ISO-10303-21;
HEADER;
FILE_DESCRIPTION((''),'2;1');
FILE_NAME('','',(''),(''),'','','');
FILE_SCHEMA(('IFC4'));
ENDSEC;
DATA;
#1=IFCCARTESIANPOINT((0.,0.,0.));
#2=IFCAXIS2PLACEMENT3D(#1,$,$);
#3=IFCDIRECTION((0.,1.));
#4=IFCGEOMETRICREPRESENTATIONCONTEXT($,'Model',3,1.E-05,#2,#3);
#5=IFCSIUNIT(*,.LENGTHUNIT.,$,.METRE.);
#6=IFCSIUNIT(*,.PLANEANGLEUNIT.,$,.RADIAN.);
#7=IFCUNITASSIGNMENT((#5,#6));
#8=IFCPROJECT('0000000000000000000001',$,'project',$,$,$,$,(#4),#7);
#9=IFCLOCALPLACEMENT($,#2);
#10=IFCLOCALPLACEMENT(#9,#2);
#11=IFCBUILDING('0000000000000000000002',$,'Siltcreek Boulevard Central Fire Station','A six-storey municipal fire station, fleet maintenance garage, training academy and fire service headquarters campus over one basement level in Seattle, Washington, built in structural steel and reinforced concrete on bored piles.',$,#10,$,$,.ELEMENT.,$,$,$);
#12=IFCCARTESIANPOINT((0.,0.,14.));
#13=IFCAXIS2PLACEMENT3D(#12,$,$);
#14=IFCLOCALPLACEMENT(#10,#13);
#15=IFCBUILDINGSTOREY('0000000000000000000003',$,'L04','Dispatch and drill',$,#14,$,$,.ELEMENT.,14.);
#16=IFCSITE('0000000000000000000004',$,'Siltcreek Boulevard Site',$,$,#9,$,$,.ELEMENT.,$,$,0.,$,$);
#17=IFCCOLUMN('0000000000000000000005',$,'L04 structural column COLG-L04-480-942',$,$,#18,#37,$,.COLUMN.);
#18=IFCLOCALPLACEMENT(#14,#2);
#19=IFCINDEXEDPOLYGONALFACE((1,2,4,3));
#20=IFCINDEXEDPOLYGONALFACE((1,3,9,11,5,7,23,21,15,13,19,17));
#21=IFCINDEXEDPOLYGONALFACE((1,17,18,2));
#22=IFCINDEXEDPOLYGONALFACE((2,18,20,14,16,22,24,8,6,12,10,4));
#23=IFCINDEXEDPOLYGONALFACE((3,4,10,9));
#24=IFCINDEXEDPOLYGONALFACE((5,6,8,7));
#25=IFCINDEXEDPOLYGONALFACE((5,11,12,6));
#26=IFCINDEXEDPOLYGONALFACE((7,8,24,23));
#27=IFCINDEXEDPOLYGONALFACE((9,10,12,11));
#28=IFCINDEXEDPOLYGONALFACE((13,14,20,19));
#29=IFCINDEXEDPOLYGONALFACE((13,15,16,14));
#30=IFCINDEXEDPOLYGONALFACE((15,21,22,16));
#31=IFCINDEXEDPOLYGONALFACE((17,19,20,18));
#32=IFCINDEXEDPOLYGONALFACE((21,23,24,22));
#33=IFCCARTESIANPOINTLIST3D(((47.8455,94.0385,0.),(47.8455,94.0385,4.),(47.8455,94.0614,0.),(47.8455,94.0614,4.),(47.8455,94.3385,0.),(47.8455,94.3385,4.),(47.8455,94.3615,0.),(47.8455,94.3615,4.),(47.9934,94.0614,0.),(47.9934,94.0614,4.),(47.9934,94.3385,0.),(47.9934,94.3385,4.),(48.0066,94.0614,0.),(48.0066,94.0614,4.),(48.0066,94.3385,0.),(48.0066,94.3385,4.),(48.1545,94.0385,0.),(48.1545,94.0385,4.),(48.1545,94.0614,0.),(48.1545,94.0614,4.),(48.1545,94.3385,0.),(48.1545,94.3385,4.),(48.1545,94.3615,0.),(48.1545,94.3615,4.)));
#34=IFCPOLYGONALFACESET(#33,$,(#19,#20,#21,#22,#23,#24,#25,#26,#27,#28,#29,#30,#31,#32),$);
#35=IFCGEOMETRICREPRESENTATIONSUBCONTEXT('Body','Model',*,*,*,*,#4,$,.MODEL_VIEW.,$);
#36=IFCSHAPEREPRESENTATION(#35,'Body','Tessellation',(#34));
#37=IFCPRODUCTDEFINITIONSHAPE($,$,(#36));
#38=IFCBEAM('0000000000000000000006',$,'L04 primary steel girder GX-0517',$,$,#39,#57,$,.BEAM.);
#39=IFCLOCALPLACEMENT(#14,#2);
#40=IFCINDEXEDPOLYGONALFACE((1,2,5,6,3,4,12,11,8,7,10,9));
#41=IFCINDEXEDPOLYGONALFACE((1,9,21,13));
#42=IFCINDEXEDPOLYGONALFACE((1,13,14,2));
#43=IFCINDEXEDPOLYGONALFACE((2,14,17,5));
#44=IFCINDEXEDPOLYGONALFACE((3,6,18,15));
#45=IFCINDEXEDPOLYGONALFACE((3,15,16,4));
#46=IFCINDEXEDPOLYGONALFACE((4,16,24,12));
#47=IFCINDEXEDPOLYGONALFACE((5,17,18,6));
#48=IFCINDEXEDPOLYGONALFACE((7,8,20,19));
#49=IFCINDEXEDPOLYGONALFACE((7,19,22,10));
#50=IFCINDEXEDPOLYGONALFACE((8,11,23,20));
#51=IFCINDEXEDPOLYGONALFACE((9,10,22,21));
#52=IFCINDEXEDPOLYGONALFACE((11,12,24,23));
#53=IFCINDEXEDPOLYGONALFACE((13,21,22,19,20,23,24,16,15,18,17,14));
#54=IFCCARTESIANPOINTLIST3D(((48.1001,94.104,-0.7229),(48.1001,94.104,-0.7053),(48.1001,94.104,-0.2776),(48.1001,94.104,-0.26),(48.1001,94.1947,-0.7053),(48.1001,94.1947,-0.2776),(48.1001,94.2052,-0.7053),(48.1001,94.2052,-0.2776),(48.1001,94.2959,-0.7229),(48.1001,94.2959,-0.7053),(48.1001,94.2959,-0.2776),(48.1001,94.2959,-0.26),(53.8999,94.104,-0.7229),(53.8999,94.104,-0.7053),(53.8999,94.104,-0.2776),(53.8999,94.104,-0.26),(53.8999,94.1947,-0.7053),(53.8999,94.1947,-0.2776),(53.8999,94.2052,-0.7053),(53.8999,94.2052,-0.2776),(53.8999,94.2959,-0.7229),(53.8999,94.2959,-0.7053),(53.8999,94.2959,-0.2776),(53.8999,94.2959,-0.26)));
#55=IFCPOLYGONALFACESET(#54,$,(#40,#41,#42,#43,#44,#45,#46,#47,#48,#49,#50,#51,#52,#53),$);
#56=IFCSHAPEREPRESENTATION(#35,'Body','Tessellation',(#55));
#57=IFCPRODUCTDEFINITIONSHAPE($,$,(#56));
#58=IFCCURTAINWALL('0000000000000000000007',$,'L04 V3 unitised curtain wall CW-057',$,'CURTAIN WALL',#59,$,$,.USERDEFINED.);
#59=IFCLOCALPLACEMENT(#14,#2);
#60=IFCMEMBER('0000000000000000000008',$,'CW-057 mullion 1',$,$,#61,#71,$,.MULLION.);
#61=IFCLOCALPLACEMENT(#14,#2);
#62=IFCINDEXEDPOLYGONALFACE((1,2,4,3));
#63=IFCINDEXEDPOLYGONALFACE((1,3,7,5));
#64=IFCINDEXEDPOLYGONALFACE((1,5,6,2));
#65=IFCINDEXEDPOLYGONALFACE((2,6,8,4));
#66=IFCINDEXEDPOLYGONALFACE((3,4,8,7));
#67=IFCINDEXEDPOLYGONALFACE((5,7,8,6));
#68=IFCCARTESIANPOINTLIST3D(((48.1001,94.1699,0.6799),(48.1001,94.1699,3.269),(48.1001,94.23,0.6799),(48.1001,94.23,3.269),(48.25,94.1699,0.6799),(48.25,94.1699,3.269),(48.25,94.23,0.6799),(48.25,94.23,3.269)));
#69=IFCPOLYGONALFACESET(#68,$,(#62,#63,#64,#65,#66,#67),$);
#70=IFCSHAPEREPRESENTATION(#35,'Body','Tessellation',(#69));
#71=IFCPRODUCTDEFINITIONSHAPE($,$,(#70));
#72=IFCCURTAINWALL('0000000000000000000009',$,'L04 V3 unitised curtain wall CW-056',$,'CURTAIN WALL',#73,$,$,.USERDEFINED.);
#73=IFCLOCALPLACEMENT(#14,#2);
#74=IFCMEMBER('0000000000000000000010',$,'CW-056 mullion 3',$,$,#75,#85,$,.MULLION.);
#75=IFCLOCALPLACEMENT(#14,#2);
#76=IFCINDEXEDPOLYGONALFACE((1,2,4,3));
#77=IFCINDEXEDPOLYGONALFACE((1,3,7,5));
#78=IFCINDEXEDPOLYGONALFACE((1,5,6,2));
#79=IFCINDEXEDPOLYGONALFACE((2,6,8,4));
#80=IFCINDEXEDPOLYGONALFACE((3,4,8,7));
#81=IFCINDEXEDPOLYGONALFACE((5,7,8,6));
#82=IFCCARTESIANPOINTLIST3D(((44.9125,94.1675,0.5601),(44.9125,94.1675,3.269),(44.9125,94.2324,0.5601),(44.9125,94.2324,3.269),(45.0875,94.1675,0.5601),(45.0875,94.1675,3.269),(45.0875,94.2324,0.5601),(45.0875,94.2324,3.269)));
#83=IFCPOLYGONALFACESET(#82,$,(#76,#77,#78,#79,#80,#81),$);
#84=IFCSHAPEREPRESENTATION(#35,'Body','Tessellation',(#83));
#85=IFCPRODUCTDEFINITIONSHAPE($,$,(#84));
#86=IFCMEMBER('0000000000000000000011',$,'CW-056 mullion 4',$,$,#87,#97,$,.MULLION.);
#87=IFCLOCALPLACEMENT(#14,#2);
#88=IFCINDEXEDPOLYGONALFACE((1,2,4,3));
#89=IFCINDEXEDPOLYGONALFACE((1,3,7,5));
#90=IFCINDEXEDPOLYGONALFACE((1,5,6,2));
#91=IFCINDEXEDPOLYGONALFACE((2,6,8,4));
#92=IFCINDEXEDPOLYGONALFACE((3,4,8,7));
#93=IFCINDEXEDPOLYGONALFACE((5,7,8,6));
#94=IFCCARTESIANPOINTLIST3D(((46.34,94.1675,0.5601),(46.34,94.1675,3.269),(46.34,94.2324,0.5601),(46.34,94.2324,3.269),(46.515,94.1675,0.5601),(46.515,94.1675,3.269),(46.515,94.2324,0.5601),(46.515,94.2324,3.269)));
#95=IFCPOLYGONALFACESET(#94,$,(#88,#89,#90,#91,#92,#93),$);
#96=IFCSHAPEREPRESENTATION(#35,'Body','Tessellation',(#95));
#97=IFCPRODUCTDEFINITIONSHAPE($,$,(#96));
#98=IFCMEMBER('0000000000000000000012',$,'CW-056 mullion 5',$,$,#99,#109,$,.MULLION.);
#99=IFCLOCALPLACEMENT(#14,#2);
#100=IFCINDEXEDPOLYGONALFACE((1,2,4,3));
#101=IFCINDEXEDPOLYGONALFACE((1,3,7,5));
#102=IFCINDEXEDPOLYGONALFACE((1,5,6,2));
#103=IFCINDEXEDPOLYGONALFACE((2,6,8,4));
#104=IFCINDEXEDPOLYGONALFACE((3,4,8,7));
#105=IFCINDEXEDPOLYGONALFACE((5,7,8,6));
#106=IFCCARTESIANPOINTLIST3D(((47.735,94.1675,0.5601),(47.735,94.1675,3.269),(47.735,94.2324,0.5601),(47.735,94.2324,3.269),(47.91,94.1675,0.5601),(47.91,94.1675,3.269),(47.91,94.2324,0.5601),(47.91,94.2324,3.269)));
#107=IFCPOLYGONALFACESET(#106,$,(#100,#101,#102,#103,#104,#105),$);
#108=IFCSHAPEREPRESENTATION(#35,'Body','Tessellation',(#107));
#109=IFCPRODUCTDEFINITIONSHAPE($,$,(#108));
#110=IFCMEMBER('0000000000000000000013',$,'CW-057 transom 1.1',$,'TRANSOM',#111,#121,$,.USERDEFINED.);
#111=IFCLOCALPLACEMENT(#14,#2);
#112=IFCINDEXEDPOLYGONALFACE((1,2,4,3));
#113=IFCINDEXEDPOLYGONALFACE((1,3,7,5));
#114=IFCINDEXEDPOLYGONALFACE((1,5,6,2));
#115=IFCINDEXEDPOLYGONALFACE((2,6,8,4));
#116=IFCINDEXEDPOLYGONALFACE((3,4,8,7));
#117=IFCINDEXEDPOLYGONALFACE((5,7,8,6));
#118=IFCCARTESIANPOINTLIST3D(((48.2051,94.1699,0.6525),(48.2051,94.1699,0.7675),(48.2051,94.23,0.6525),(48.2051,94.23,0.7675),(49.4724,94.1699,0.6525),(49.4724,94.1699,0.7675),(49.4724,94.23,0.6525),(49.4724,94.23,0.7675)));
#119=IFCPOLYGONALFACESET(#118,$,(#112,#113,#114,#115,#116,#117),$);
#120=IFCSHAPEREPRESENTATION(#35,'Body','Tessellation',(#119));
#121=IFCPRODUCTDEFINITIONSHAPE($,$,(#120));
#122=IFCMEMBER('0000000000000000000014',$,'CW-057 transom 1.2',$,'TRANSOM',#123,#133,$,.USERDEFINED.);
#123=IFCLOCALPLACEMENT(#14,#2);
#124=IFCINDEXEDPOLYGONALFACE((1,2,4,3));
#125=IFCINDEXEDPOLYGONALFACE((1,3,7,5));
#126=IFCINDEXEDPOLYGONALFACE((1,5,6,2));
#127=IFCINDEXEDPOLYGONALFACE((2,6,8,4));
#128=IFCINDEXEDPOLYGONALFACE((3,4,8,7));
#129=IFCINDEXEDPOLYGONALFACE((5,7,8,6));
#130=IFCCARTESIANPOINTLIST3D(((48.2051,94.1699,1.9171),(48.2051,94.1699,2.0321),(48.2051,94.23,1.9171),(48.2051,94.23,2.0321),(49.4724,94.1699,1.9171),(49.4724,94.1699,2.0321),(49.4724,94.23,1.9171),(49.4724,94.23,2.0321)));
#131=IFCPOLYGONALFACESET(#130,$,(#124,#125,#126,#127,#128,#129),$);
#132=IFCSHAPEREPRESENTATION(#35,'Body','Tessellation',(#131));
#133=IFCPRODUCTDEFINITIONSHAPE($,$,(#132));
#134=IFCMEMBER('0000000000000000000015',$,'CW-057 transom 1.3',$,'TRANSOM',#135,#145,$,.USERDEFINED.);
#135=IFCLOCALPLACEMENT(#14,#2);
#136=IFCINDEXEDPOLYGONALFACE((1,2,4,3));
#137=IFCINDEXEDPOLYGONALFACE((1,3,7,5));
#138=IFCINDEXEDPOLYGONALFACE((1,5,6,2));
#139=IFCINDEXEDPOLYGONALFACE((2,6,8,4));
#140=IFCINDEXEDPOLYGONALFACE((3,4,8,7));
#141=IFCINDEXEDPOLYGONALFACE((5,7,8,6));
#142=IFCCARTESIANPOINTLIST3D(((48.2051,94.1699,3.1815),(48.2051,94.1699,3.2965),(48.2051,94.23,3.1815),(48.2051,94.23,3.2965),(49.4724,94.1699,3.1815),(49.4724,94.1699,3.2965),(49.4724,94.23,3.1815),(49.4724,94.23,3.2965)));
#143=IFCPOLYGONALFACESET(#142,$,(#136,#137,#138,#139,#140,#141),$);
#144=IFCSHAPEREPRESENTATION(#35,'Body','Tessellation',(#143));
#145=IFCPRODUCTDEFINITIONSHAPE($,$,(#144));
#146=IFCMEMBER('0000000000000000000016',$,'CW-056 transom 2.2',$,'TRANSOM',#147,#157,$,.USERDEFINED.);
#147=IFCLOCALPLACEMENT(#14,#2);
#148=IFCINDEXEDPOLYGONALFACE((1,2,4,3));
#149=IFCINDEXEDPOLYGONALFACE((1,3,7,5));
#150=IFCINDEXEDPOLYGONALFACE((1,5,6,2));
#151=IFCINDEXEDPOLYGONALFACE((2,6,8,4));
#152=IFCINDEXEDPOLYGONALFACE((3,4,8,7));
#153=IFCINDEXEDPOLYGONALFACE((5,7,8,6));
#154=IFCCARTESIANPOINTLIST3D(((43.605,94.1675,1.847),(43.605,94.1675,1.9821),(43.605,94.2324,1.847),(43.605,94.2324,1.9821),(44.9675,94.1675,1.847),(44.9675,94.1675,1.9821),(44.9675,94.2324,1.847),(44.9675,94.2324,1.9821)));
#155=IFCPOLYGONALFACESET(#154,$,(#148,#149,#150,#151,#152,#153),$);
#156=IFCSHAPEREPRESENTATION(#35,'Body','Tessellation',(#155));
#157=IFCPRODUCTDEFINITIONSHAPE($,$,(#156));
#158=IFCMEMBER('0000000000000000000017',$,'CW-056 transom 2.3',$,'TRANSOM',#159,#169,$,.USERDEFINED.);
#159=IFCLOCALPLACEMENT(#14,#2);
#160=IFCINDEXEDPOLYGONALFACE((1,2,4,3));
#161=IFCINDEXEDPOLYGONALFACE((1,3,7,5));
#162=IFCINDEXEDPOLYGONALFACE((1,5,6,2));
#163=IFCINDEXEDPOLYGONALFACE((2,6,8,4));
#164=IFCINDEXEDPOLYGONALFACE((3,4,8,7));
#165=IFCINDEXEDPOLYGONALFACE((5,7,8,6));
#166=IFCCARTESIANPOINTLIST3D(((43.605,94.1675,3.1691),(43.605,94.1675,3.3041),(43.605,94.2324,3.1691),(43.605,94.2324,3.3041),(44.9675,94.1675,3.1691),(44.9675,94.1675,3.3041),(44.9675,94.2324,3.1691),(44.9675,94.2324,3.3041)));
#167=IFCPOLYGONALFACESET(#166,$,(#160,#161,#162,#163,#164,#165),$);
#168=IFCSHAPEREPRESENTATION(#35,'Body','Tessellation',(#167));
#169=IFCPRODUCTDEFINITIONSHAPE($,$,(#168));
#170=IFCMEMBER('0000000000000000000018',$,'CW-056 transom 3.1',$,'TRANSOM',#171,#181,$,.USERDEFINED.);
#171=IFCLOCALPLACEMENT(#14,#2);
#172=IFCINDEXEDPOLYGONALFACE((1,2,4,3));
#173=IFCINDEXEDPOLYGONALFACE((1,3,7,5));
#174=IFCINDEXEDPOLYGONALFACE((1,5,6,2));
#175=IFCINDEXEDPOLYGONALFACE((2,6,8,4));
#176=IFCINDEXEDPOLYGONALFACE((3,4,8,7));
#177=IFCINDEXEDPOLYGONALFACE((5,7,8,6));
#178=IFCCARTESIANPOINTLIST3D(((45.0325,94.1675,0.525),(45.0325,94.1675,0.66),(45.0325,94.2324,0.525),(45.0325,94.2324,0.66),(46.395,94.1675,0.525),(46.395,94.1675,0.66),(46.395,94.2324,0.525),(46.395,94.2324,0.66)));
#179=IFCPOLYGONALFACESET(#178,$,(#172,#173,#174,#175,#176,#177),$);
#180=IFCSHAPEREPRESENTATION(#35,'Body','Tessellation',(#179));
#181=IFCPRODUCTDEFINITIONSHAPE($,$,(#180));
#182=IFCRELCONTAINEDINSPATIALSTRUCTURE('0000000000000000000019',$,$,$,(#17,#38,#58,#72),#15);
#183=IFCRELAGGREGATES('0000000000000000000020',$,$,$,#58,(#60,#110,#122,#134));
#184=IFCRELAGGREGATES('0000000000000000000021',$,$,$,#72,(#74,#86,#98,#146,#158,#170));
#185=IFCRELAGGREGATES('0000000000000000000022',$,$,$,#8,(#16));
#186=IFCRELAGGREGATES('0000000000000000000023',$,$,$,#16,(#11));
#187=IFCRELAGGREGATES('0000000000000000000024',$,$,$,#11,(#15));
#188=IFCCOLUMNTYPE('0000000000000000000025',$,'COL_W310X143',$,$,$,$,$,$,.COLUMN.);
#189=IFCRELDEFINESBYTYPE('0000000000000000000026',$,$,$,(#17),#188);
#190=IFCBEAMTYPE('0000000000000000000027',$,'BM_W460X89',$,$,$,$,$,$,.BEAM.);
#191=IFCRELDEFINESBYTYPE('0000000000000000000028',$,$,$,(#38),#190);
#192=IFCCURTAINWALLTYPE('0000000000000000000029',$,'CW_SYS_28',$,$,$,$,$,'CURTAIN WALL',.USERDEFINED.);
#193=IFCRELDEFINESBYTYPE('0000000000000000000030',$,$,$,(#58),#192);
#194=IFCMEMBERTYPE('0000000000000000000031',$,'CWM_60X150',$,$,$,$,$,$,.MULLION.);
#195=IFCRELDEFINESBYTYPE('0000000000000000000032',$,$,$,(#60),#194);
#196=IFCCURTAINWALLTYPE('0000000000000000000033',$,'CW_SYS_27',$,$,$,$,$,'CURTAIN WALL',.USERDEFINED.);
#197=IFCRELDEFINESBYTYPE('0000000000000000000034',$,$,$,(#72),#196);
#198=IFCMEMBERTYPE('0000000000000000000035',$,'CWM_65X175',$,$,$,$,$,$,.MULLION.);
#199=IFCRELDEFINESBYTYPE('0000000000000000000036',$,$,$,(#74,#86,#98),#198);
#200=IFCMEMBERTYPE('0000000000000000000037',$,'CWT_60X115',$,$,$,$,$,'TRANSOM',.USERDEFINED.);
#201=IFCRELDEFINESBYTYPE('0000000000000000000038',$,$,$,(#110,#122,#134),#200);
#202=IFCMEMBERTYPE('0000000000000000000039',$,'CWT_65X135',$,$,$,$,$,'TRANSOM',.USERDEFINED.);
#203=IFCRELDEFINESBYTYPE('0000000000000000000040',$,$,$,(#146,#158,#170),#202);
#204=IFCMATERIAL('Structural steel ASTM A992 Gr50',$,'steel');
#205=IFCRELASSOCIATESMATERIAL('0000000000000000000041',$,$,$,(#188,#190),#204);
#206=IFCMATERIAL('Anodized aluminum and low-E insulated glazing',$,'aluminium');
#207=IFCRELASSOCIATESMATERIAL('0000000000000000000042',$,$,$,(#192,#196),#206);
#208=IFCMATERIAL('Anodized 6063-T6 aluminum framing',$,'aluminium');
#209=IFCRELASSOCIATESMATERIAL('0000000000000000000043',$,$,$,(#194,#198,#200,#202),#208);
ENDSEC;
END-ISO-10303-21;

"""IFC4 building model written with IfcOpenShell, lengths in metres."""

from ifc_helpers import new_model, si_unit, direction, frame, origin, origin_2d, place, context, subcontext, project, spatial, rectangle, i_section, extrude, material, material_profile, profile_set, type_object, element, aggregate, save


model = new_model("IFC4")

# Units and contexts
model_context = context("Model", 3, precision=1e-05, world=origin(), true_north=direction((0.0, 1.0)))
body_context = subcontext(model_context, "Body", "Model", "MODEL_VIEW")
ifc_project = project(units=[si_unit("LENGTHUNIT", "METRE"), si_unit("PLANEANGLEUNIT", "RADIAN")], contexts=[model_context])

# Site, building, storey
site_placement = place(None, origin())
site = spatial("IfcSite", under=ifc_project, at=site_placement, Name="Siltcreek Boulevard Site", CompositionType="ELEMENT", RefElevation=0.0)
building_placement = place(site_placement, origin())
building = spatial("IfcBuilding", under=site, at=building_placement, Name="Siltcreek Boulevard Central Fire Station", Description="A six-storey municipal fire station, fleet maintenance garage, training academy and fire service headquarters campus over one basement level in Seattle, Washington, built in structural steel and reinforced concrete on bored piles.", CompositionType="ELEMENT")
storey_placement = place(building_placement, frame((0.0, 0.0, 14.0)))
storey = spatial("IfcBuildingStorey", under=building, at=storey_placement, Name="L04", Description="Dispatch and drill", CompositionType="ELEMENT", Elevation=14.0)

# Column
ifc_material_1 = material(Name="Structural steel ASTM A992 Gr50", Category="steel")
ifc_material_profile_1 = material_profile(ifc_material_1, i_section(OverallWidth=0.3091, OverallDepth=0.323, WebThickness=0.0132, FlangeThickness=0.0229, at=origin_2d()), Name="W310X143")
ifc_profile_set_1 = profile_set([ifc_material_profile_1], Name="Structural steel ASTM A992 Gr50")
column_type = type_object("IfcColumnType", Name="COL_W310X143", PredefinedType="COLUMN", material=ifc_profile_set_1)
column_placement = place(storey_placement, frame((48.0, 94.2, 0.0), z_axis=(0.0, 0.0, 1.0), x_axis=(1.0, 0.0, 0.0)))
element("IfcColumn", 1, at=column_placement, inside=storey, type_object=column_type, Name="L04 structural column COLG-L04-480-942", PredefinedType="COLUMN", context=body_context, shape_type="SweptSolid", body=[
    extrude(i_section(OverallWidth=0.3091, OverallDepth=0.323, WebThickness=0.0132, FlangeThickness=0.0229, at=origin_2d()), origin(), (0.0, 0.0, 1.0), 4.0),
])

# Beam
ifc_material_profile_2 = material_profile(ifc_material_1, i_section(OverallWidth=0.1919, OverallDepth=0.4629, WebThickness=0.0105, FlangeThickness=0.0176, at=origin_2d()), Name="W460X89")
ifc_profile_set_2 = profile_set([ifc_material_profile_2], Name="Structural steel ASTM A992 Gr50")
beam_type = type_object("IfcBeamType", Name="BM_W460X89", PredefinedType="BEAM", material=ifc_profile_set_2)
beam_placement = place(storey_placement, frame((48.1001, 94.2, -0.4915), z_axis=(1.0, 0.0, 0.0), x_axis=(0.0, 1.0, 0.0)))
element("IfcBeam", 2, at=beam_placement, inside=storey, type_object=beam_type, Name="L04 primary steel girder GX-0517", PredefinedType="BEAM", context=body_context, shape_type="SweptSolid", body=[
    extrude(i_section(OverallWidth=0.1919, OverallDepth=0.4629, WebThickness=0.0105, FlangeThickness=0.0176, at=origin_2d()), origin(), (0.0, 0.0, 1.0), 5.7998),
])

# Curtain wall, member
ifc_material_2 = material(Name="Anodized aluminum and low-E insulated glazing", Category="aluminium")
curtain_wall_type_1 = type_object("IfcCurtainWallType", Name="CW_SYS_28", ElementType="CURTAIN WALL", PredefinedType="USERDEFINED", material=ifc_material_2)
curtain_wall_1_placement = place(storey_placement, origin())
curtain_wall_1 = element("IfcCurtainWall", 3, at=curtain_wall_1_placement, inside=storey, type_object=curtain_wall_type_1, Name="L04 V3 unitised curtain wall CW-057", ObjectType="CURTAIN WALL", PredefinedType="USERDEFINED")
ifc_material_3 = material(Name="Anodized 6063-T6 aluminum framing", Category="aluminium")
ifc_material_profile_3 = material_profile(ifc_material_3, rectangle(XDim=0.0601, YDim=0.1499, at=origin_2d()), Name="MULL60X150")
ifc_profile_set_3 = profile_set([ifc_material_profile_3], Name="Anodized 6063-T6 aluminum framing")
member_type_1 = type_object("IfcMemberType", Name="CWM_60X150", PredefinedType="MULLION", material=ifc_profile_set_3)
member_1_placement = place(storey_placement, frame((48.175, 94.2, 0.6799), z_axis=(0.0, 0.0, 1.0), x_axis=(0.0, 1.0, 0.0)))
member_1 = element("IfcMember", 4, at=member_1_placement, type_object=member_type_1, Name="CW-057 mullion 1", PredefinedType="MULLION", context=body_context, shape_type="SweptSolid", body=[
    extrude(rectangle(XDim=0.0601, YDim=0.1499, at=origin_2d()), origin(), (0.0, 0.0, 1.0), 2.5891),
])

# Curtain wall, members
curtain_wall_type_2 = type_object("IfcCurtainWallType", Name="CW_SYS_27", ElementType="CURTAIN WALL", PredefinedType="USERDEFINED", material=ifc_material_2)
curtain_wall_2_placement = place(storey_placement, origin())
curtain_wall_2 = element("IfcCurtainWall", 5, at=curtain_wall_2_placement, inside=storey, type_object=curtain_wall_type_2, Name="L04 V3 unitised curtain wall CW-056", ObjectType="CURTAIN WALL", PredefinedType="USERDEFINED")
ifc_material_profile_4 = material_profile(ifc_material_3, rectangle(XDim=0.0649, YDim=0.175, at=origin_2d()), Name="MULL65X175")
ifc_profile_set_4 = profile_set([ifc_material_profile_4], Name="Anodized 6063-T6 aluminum framing")
member_type_2 = type_object("IfcMemberType", Name="CWM_65X175", PredefinedType="MULLION", material=ifc_profile_set_4)
member_2_placement = place(storey_placement, frame((45.0, 94.2, 0.5601), z_axis=(0.0, 0.0, 1.0), x_axis=(0.0, 1.0, 0.0)))
member_2 = element("IfcMember", 6, at=member_2_placement, type_object=member_type_2, Name="CW-056 mullion 3", PredefinedType="MULLION", context=body_context, shape_type="SweptSolid", body=[
    extrude(rectangle(XDim=0.0649, YDim=0.175, at=origin_2d()), origin(), (0.0, 0.0, 1.0), 2.709),
])
member_3_placement = place(storey_placement, frame((46.4275, 94.2, 0.5601), z_axis=(0.0, 0.0, 1.0), x_axis=(0.0, 1.0, 0.0)))
member_3 = element("IfcMember", 7, at=member_3_placement, type_object=member_type_2, Name="CW-056 mullion 4", PredefinedType="MULLION", context=body_context, shape_type="SweptSolid", body=[
    extrude(rectangle(XDim=0.0649, YDim=0.175, at=origin_2d()), origin(), (0.0, 0.0, 1.0), 2.709),
])
member_4_placement = place(storey_placement, frame((47.8225, 94.2, 0.5601), z_axis=(0.0, 0.0, 1.0), x_axis=(0.0, 1.0, 0.0)))
member_4 = element("IfcMember", 8, at=member_4_placement, type_object=member_type_2, Name="CW-056 mullion 5", PredefinedType="MULLION", context=body_context, shape_type="SweptSolid", body=[
    extrude(rectangle(XDim=0.0649, YDim=0.175, at=origin_2d()), origin(), (0.0, 0.0, 1.0), 2.709),
])

# Members
ifc_material_profile_5 = material_profile(ifc_material_3, rectangle(XDim=0.0601, YDim=0.115, at=origin_2d()), Name="TRAN60X115")
ifc_profile_set_5 = profile_set([ifc_material_profile_5], Name="Anodized 6063-T6 aluminum framing")
member_type_3 = type_object("IfcMemberType", Name="CWT_60X115", ElementType="TRANSOM", PredefinedType="USERDEFINED", material=ifc_profile_set_5)
member_5_placement = place(storey_placement, frame((48.2051, 94.2, 0.71), z_axis=(1.0, 0.0, 0.0), x_axis=(0.0, 1.0, 0.0)))
member_5 = element("IfcMember", 9, at=member_5_placement, type_object=member_type_3, Name="CW-057 transom 1.1", ObjectType="TRANSOM", PredefinedType="USERDEFINED", context=body_context, shape_type="SweptSolid", body=[
    extrude(rectangle(XDim=0.0601, YDim=0.115, at=origin_2d()), origin(), (0.0, 0.0, 1.0), 1.2673),
])
member_6_placement = place(storey_placement, frame((48.2051, 94.2, 1.9746), z_axis=(1.0, 0.0, 0.0), x_axis=(0.0, 1.0, 0.0)))
member_6 = element("IfcMember", 10, at=member_6_placement, type_object=member_type_3, Name="CW-057 transom 1.2", ObjectType="TRANSOM", PredefinedType="USERDEFINED", context=body_context, shape_type="SweptSolid", body=[
    extrude(rectangle(XDim=0.0601, YDim=0.115, at=origin_2d()), origin(), (0.0, 0.0, 1.0), 1.2673),
])
member_7_placement = place(storey_placement, frame((48.2051, 94.2, 3.239), z_axis=(1.0, 0.0, 0.0), x_axis=(0.0, 1.0, 0.0)))
member_7 = element("IfcMember", 11, at=member_7_placement, type_object=member_type_3, Name="CW-057 transom 1.3", ObjectType="TRANSOM", PredefinedType="USERDEFINED", context=body_context, shape_type="SweptSolid", body=[
    extrude(rectangle(XDim=0.0601, YDim=0.115, at=origin_2d()), origin(), (0.0, 0.0, 1.0), 1.2673),
])
ifc_material_profile_6 = material_profile(ifc_material_3, rectangle(XDim=0.0649, YDim=0.135, at=origin_2d()), Name="TRAN65X135")
ifc_profile_set_6 = profile_set([ifc_material_profile_6], Name="Anodized 6063-T6 aluminum framing")
member_type_4 = type_object("IfcMemberType", Name="CWT_65X135", ElementType="TRANSOM", PredefinedType="USERDEFINED", material=ifc_profile_set_6)
member_8_placement = place(storey_placement, frame((43.605, 94.2, 1.9146), z_axis=(1.0, 0.0, 0.0), x_axis=(0.0, 1.0, 0.0)))
member_8 = element("IfcMember", 12, at=member_8_placement, type_object=member_type_4, Name="CW-056 transom 2.2", ObjectType="TRANSOM", PredefinedType="USERDEFINED", context=body_context, shape_type="SweptSolid", body=[
    extrude(rectangle(XDim=0.0649, YDim=0.135, at=origin_2d()), origin(), (0.0, 0.0, 1.0), 1.3625),
])
member_9_placement = place(storey_placement, frame((43.605, 94.2, 3.2366), z_axis=(1.0, 0.0, 0.0), x_axis=(0.0, 1.0, 0.0)))
member_9 = element("IfcMember", 13, at=member_9_placement, type_object=member_type_4, Name="CW-056 transom 2.3", ObjectType="TRANSOM", PredefinedType="USERDEFINED", context=body_context, shape_type="SweptSolid", body=[
    extrude(rectangle(XDim=0.0649, YDim=0.135, at=origin_2d()), origin(), (0.0, 0.0, 1.0), 1.3625),
])
member_10_placement = place(storey_placement, frame((45.0325, 94.2, 0.5925), z_axis=(1.0, 0.0, 0.0), x_axis=(0.0, 1.0, 0.0)))
member_10 = element("IfcMember", 14, at=member_10_placement, type_object=member_type_4, Name="CW-056 transom 3.1", ObjectType="TRANSOM", PredefinedType="USERDEFINED", context=body_context, shape_type="SweptSolid", body=[
    extrude(rectangle(XDim=0.0649, YDim=0.135, at=origin_2d()), origin(), (0.0, 0.0, 1.0), 1.3625),
])

aggregate(curtain_wall_1, [member_1, member_5, member_6, member_7])
aggregate(curtain_wall_2, [member_2, member_3, member_4, member_8, member_9, member_10])

save(model, "model.ifc")
